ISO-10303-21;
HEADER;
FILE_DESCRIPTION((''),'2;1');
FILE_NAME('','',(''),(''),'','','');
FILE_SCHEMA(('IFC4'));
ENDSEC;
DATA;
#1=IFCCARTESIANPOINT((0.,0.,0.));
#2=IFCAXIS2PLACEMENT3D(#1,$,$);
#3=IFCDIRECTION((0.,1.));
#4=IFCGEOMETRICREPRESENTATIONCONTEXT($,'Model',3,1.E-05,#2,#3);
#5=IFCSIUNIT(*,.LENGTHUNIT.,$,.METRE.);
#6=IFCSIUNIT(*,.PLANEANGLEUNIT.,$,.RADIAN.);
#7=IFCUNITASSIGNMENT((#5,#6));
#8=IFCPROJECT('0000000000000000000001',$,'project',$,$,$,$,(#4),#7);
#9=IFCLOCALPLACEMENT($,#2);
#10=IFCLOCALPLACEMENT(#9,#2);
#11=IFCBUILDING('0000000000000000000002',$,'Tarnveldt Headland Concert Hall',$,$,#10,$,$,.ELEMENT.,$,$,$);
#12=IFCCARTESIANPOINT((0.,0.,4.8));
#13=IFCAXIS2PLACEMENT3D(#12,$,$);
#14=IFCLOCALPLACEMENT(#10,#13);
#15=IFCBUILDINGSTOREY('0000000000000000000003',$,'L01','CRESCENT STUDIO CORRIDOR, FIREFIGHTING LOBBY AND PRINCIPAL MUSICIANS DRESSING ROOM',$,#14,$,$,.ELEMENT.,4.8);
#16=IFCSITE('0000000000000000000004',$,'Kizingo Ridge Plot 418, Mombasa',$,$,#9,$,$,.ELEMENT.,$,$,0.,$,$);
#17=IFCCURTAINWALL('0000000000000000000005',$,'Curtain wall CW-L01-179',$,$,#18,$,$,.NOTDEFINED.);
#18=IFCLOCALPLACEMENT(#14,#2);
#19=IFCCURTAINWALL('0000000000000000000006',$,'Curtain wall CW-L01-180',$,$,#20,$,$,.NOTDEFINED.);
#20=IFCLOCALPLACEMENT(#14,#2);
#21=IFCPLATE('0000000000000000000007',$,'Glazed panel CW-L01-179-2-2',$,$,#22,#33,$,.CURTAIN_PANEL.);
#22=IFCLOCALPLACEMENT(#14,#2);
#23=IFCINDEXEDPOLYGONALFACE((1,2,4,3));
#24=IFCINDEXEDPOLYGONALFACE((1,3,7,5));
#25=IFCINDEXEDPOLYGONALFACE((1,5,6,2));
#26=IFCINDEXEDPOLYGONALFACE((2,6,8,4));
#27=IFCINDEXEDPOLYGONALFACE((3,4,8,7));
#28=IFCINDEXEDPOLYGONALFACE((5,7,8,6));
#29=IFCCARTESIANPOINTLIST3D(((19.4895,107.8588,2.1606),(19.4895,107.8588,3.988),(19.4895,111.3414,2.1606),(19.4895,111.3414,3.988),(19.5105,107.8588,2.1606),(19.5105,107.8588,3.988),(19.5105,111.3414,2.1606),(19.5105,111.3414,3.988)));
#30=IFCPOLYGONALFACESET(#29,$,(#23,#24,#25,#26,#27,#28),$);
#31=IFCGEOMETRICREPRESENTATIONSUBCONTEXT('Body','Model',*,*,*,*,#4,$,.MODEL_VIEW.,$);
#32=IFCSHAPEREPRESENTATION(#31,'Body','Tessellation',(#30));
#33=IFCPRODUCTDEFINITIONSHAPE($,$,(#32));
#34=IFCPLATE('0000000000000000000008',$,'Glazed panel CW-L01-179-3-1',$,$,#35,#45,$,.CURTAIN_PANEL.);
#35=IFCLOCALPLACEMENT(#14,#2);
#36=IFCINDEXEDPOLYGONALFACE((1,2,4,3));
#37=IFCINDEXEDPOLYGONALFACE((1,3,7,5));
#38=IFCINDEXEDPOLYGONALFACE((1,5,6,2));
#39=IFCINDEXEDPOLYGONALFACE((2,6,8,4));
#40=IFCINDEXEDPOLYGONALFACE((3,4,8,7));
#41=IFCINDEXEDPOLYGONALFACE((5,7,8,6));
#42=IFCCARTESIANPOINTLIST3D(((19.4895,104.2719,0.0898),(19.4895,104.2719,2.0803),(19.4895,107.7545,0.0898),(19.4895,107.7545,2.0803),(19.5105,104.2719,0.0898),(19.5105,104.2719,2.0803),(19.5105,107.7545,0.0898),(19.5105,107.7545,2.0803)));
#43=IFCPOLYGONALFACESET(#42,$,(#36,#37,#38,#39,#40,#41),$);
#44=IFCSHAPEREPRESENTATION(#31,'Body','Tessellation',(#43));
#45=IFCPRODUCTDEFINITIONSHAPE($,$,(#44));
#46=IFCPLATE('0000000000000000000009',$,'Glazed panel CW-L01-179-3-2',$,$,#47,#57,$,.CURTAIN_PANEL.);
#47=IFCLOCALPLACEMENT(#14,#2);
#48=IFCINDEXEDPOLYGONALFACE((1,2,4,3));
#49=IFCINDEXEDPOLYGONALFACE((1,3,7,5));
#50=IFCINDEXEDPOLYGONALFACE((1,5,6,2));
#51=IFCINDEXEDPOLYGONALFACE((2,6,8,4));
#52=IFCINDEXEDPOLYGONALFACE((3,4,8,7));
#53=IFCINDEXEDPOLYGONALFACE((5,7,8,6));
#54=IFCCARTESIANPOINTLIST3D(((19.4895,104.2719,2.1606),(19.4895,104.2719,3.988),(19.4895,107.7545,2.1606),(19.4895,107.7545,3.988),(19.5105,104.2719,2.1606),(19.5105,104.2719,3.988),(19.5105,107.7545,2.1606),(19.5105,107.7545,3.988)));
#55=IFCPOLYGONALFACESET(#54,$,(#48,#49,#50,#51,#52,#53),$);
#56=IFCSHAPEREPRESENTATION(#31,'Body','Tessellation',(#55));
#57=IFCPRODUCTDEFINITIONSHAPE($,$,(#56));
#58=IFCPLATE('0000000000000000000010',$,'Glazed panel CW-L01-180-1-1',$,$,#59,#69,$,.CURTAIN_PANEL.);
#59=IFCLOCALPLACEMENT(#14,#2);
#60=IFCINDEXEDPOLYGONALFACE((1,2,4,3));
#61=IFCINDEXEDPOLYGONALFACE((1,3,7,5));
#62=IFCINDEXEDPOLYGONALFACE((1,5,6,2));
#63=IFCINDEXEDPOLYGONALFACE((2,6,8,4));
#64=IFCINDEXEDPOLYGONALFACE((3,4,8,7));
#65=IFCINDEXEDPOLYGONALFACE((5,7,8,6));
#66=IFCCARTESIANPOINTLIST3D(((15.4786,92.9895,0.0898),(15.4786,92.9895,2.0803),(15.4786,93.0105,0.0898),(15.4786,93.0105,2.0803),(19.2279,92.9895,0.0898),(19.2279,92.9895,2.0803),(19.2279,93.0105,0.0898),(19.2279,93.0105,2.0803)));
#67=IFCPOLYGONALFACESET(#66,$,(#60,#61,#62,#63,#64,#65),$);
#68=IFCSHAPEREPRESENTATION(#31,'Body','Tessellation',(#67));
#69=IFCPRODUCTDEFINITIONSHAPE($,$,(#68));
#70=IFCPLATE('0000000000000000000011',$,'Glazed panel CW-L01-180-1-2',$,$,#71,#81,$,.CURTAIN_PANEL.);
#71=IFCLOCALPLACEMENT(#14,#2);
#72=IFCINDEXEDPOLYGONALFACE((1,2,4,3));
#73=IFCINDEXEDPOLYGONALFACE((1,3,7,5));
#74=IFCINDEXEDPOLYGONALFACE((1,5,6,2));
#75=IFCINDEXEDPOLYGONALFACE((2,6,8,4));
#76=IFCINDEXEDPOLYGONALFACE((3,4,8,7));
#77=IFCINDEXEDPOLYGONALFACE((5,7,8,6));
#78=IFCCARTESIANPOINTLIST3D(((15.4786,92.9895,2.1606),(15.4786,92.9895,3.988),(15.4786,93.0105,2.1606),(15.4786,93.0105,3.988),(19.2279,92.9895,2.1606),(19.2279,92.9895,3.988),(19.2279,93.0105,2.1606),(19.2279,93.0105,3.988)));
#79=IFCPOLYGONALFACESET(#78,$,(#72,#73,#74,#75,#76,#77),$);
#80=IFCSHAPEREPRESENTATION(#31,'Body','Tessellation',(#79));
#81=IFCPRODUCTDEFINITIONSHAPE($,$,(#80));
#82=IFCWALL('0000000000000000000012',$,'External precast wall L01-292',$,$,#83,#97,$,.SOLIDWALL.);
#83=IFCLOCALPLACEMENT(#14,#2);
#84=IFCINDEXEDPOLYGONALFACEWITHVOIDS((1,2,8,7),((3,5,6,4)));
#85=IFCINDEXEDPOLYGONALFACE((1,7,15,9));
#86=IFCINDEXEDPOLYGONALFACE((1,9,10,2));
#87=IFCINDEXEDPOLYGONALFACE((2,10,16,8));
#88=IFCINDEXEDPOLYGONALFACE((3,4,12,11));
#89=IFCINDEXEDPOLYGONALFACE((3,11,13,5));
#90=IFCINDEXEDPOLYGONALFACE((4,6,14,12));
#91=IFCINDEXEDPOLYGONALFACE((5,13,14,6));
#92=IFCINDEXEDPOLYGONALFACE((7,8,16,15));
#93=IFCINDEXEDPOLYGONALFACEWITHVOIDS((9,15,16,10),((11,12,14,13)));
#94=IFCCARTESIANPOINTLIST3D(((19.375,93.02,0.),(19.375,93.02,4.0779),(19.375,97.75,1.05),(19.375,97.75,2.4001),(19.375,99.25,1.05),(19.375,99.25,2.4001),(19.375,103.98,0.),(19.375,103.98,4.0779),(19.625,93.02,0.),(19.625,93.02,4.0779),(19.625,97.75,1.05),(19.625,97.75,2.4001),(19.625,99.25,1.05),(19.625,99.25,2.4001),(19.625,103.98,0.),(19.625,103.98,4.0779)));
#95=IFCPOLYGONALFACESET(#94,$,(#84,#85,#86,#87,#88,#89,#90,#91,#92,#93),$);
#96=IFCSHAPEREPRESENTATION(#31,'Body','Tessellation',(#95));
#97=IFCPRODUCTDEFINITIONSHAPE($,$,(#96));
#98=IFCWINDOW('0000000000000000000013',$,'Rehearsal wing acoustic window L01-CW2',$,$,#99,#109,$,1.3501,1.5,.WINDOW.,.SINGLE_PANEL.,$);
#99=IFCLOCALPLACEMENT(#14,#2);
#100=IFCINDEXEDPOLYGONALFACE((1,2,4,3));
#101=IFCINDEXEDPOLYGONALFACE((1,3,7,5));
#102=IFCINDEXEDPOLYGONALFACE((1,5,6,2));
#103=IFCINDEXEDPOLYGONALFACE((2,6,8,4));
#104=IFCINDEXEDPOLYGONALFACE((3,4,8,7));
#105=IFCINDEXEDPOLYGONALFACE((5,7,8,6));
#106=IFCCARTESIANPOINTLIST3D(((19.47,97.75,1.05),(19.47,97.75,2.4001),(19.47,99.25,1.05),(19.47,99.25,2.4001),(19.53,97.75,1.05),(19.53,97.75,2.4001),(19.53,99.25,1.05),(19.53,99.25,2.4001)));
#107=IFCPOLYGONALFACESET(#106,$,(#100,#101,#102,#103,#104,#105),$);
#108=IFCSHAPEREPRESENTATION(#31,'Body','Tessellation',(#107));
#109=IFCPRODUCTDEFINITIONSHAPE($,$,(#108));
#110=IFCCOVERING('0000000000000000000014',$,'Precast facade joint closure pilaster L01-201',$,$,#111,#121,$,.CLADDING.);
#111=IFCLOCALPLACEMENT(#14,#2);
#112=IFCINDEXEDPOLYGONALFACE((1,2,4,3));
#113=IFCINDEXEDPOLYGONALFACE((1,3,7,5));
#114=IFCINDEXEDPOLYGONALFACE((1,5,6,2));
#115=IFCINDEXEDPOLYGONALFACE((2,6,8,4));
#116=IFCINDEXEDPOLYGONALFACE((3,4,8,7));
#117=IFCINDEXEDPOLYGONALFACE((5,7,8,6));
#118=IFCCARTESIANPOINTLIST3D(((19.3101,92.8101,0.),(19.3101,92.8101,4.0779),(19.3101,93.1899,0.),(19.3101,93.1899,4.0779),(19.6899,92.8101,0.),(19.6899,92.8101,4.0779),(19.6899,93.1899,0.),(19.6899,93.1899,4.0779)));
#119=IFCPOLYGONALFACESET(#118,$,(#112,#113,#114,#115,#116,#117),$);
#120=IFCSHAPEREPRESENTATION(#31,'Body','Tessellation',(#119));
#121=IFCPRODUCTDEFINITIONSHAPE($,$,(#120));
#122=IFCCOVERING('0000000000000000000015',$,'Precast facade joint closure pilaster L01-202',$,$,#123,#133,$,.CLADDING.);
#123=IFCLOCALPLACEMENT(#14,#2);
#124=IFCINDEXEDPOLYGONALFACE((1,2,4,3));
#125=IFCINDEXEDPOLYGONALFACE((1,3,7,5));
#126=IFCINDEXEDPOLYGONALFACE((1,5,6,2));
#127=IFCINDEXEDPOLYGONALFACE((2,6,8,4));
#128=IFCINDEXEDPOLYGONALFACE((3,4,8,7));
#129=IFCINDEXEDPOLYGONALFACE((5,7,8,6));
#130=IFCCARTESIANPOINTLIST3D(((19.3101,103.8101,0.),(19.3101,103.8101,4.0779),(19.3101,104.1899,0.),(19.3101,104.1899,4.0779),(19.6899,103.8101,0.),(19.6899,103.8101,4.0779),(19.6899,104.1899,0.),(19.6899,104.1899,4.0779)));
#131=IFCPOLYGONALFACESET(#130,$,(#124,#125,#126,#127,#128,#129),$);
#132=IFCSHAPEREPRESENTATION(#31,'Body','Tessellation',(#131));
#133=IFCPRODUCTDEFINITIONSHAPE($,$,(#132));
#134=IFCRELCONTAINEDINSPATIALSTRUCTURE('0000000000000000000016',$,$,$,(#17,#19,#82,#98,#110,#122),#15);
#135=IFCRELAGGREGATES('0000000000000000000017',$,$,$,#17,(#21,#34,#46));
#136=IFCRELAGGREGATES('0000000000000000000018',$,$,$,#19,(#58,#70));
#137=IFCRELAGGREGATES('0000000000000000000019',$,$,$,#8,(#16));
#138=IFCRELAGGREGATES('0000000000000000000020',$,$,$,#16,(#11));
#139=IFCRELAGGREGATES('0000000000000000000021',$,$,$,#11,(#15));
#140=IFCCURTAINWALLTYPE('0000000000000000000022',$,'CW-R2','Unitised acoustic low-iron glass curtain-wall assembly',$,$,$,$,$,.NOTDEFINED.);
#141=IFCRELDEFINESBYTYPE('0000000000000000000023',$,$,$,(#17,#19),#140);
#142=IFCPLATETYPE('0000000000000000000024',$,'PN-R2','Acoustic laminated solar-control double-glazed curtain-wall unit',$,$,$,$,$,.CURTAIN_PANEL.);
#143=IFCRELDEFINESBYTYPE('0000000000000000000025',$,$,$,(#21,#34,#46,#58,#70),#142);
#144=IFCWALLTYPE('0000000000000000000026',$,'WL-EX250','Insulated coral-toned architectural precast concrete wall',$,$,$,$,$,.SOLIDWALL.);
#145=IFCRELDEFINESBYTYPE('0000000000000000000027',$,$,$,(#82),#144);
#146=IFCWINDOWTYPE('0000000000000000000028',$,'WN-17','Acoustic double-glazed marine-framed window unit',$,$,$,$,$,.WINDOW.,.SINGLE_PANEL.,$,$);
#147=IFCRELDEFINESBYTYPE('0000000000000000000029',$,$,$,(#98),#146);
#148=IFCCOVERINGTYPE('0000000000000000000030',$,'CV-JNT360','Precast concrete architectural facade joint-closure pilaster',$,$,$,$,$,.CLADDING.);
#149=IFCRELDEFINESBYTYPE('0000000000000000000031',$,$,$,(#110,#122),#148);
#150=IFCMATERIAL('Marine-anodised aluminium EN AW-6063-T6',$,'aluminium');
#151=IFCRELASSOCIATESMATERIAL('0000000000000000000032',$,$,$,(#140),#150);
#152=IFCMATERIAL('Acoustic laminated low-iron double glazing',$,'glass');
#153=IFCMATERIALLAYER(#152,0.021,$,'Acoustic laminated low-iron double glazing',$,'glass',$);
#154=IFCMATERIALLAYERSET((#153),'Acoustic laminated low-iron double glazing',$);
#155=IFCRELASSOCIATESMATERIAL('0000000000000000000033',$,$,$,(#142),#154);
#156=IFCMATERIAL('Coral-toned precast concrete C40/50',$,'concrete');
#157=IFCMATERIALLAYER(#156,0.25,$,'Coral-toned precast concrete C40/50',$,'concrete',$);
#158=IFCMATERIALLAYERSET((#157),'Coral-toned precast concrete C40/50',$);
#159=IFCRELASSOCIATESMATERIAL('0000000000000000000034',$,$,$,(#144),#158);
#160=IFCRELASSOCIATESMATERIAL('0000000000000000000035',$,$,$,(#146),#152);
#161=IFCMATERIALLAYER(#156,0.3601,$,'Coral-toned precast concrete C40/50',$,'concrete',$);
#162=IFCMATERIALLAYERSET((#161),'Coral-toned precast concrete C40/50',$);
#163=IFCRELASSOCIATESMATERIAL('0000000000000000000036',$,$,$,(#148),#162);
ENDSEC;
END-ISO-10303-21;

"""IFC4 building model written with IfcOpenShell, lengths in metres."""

from ifc_helpers import new_model, si_unit, direction, frame, frame_2d, origin, origin_2d, place, context, subcontext, project, spatial, rectangle, extrude, material, layer, layer_set, type_object, element, fill, aggregate, save


model = new_model("IFC4")

# Units and contexts
model_context = context("Model", 3, precision=1e-05, world=origin(), true_north=direction((0.0, 1.0)))
body_context = subcontext(model_context, "Body", "Model", "MODEL_VIEW")
ifc_project = project(units=[si_unit("LENGTHUNIT", "METRE"), si_unit("PLANEANGLEUNIT", "RADIAN")], contexts=[model_context])

# Site, building, storey
site_placement = place(None, origin())
site = spatial("IfcSite", under=ifc_project, at=site_placement, Name="Kizingo Ridge Plot 418, Mombasa", CompositionType="ELEMENT", RefElevation=0.0)
building_placement = place(site_placement, origin())
building = spatial("IfcBuilding", under=site, at=building_placement, Name="Tarnveldt Headland Concert Hall", CompositionType="ELEMENT")
storey_placement = place(building_placement, frame((0.0, 0.0, 4.8)))
storey = spatial("IfcBuildingStorey", under=building, at=storey_placement, Name="L01", Description="CRESCENT STUDIO CORRIDOR, FIREFIGHTING LOBBY AND PRINCIPAL MUSICIANS DRESSING ROOM", CompositionType="ELEMENT", Elevation=4.8)

# Curtain walls
ifc_material_1 = material(Name="Marine-anodised aluminium EN AW-6063-T6", Category="aluminium")
curtain_wall_type = type_object("IfcCurtainWallType", Name="CW-R2", Description="Unitised acoustic low-iron glass curtain-wall assembly", PredefinedType="NOTDEFINED", material=ifc_material_1)
curtain_wall_1_placement = place(storey_placement, origin())
curtain_wall_1 = element("IfcCurtainWall", 1, at=curtain_wall_1_placement, inside=storey, type_object=curtain_wall_type, Name="Curtain wall CW-L01-179", PredefinedType="NOTDEFINED")
curtain_wall_2_placement = place(storey_placement, origin())
curtain_wall_2 = element("IfcCurtainWall", 2, at=curtain_wall_2_placement, inside=storey, type_object=curtain_wall_type, Name="Curtain wall CW-L01-180", PredefinedType="NOTDEFINED")

# Plates
ifc_material_2 = material(Name="Acoustic laminated low-iron double glazing", Category="glass")
ifc_layer_1 = layer(ifc_material_2, 0.021, Name="Acoustic laminated low-iron double glazing", Category="glass")
ifc_layer_set_1 = layer_set([ifc_layer_1], Name="Acoustic laminated low-iron double glazing")
plate_type = type_object("IfcPlateType", Name="PN-R2", Description="Acoustic laminated solar-control double-glazed curtain-wall unit", PredefinedType="CURTAIN_PANEL", material=ifc_layer_set_1)
plate_1_placement = place(storey_placement, frame((19.5, 109.6001, 2.1606), z_axis=(0.0, 0.0, 1.0), x_axis=(0.0, -1.0, 0.0)))
plate_1 = element("IfcPlate", 3, at=plate_1_placement, type_object=plate_type, Name="Glazed panel CW-L01-179-2-2", PredefinedType="CURTAIN_PANEL", context=body_context, shape_type="SweptSolid", body=[
    extrude(rectangle(XDim=3.4827, YDim=0.021, at=origin_2d()), origin(), (0.0, 0.0, 1.0), 1.8274),
])
plate_2_placement = place(storey_placement, frame((19.5, 106.0132, 0.0898), z_axis=(0.0, 0.0, 1.0), x_axis=(0.0, -1.0, 0.0)))
plate_2 = element("IfcPlate", 4, at=plate_2_placement, type_object=plate_type, Name="Glazed panel CW-L01-179-3-1", PredefinedType="CURTAIN_PANEL", context=body_context, shape_type="SweptSolid", body=[
    extrude(rectangle(XDim=3.4827, YDim=0.021, at=origin_2d()), origin(), (0.0, 0.0, 1.0), 1.9905),
])
plate_3_placement = place(storey_placement, frame((19.5, 106.0132, 2.1606), z_axis=(0.0, 0.0, 1.0), x_axis=(0.0, -1.0, 0.0)))
plate_3 = element("IfcPlate", 5, at=plate_3_placement, type_object=plate_type, Name="Glazed panel CW-L01-179-3-2", PredefinedType="CURTAIN_PANEL", context=body_context, shape_type="SweptSolid", body=[
    extrude(rectangle(XDim=3.4827, YDim=0.021, at=origin_2d()), origin(), (0.0, 0.0, 1.0), 1.8274),
])
aggregate(curtain_wall_1, [plate_1, plate_2, plate_3])
plate_4_placement = place(storey_placement, frame((17.3533, 93.0, 0.0898), z_axis=(0.0, 0.0, 1.0), x_axis=(-1.0, 0.0, 0.0)))
plate_4 = element("IfcPlate", 6, at=plate_4_placement, type_object=plate_type, Name="Glazed panel CW-L01-180-1-1", PredefinedType="CURTAIN_PANEL", context=body_context, shape_type="SweptSolid", body=[
    extrude(rectangle(XDim=3.7493, YDim=0.021, at=origin_2d()), origin(), (0.0, 0.0, 1.0), 1.9905),
])
plate_5_placement = place(storey_placement, frame((17.3533, 93.0, 2.1606), z_axis=(0.0, 0.0, 1.0), x_axis=(-1.0, 0.0, 0.0)))
plate_5 = element("IfcPlate", 7, at=plate_5_placement, type_object=plate_type, Name="Glazed panel CW-L01-180-1-2", PredefinedType="CURTAIN_PANEL", context=body_context, shape_type="SweptSolid", body=[
    extrude(rectangle(XDim=3.7493, YDim=0.021, at=origin_2d()), origin(), (0.0, 0.0, 1.0), 1.8274),
])
aggregate(curtain_wall_2, [plate_4, plate_5])

# Wall, opening, window
ifc_material_3 = material(Name="Coral-toned precast concrete C40/50", Category="concrete")
ifc_layer_2 = layer(ifc_material_3, 0.25, Name="Coral-toned precast concrete C40/50", Category="concrete")
ifc_layer_set_2 = layer_set([ifc_layer_2], Name="Coral-toned precast concrete C40/50")
wall_type = type_object("IfcWallType", Name="WL-EX250", Description="Insulated coral-toned architectural precast concrete wall", PredefinedType="SOLIDWALL", material=ifc_layer_set_2)
wall_placement = place(storey_placement, frame((19.5, 93.02, 0.0), z_axis=(0.0, 0.0, 1.0), x_axis=(0.0, 1.0, 0.0)))
wall = element("IfcWall", 8, at=wall_placement, inside=storey, type_object=wall_type, Name="External precast wall L01-292", PredefinedType="SOLIDWALL", context=body_context, shape_type="SweptSolid", body=[
    extrude(rectangle(XDim=10.96, YDim=0.25, at=frame_2d((5.48, 0.0))), origin(), (0.0, 0.0, 1.0), 4.0779),
])
opening_placement = place(wall_placement, frame((4.73, 0.0, 1.05)))
opening = element("IfcOpeningElement", 9, at=opening_placement, cuts=wall, PredefinedType="OPENING", context=body_context, shape_type="SweptSolid", body=[
    extrude(rectangle(XDim=1.5, YDim=1.3501, at=frame_2d((0.75, 0.675))), frame((0.0, 0.135, 0.0), z_axis=(0.0, -1.0, 0.0), x_axis=(1.0, 0.0, 0.0)), (0.0, 0.0, 1.0), 0.27),
])
window_type = type_object("IfcWindowType", Name="WN-17", Description="Acoustic double-glazed marine-framed window unit", PartitioningType="SINGLE_PANEL", PredefinedType="WINDOW", material=ifc_material_2)
window_placement = place(opening_placement, origin())
window = element("IfcWindow", 10, at=window_placement, inside=storey, type_object=window_type, Name="Rehearsal wing acoustic window L01-CW2", OverallHeight=1.3501, OverallWidth=1.5, PartitioningType="SINGLE_PANEL", PredefinedType="WINDOW", context=body_context, shape_type="SweptSolid", body=[
    extrude(rectangle(XDim=1.5, YDim=1.3501, at=frame_2d((0.75, 0.675))), frame((0.0, 0.03, 0.0), z_axis=(0.0, -1.0, 0.0), x_axis=(1.0, 0.0, 0.0)), (0.0, 0.0, 1.0), 0.0601),
])
fill(opening, window)

# Coverings
ifc_layer_3 = layer(ifc_material_3, 0.3601, Name="Coral-toned precast concrete C40/50", Category="concrete")
ifc_layer_set_3 = layer_set([ifc_layer_3], Name="Coral-toned precast concrete C40/50")
covering_type = type_object("IfcCoveringType", Name="CV-JNT360", Description="Precast concrete architectural facade joint-closure pilaster", PredefinedType="CLADDING", material=ifc_layer_set_3)
for number, where, z_axis, x_axis, name in (
    (11, (19.5, 93.0, 0.0), (0.0, 0.0, 1.0), (0.0, 1.0, 0.0), "Precast facade joint closure pilaster L01-201"),
    (12, (19.5, 104.0, 0.0), (0.0, 0.0, 1.0), (0.0, 1.0, 0.0), "Precast facade joint closure pilaster L01-202"),
):
    element("IfcCovering", number, at=place(storey_placement, frame(where, z_axis=z_axis, x_axis=x_axis)), inside=storey, type_object=covering_type, Name=name, PredefinedType="CLADDING", context=body_context, shape_type="SweptSolid", body=[
        extrude(rectangle(XDim=0.3799, YDim=0.3799, at=origin_2d()), origin(), (0.0, 0.0, 1.0), 4.0779),
    ])

save(model, "model.ifc")
